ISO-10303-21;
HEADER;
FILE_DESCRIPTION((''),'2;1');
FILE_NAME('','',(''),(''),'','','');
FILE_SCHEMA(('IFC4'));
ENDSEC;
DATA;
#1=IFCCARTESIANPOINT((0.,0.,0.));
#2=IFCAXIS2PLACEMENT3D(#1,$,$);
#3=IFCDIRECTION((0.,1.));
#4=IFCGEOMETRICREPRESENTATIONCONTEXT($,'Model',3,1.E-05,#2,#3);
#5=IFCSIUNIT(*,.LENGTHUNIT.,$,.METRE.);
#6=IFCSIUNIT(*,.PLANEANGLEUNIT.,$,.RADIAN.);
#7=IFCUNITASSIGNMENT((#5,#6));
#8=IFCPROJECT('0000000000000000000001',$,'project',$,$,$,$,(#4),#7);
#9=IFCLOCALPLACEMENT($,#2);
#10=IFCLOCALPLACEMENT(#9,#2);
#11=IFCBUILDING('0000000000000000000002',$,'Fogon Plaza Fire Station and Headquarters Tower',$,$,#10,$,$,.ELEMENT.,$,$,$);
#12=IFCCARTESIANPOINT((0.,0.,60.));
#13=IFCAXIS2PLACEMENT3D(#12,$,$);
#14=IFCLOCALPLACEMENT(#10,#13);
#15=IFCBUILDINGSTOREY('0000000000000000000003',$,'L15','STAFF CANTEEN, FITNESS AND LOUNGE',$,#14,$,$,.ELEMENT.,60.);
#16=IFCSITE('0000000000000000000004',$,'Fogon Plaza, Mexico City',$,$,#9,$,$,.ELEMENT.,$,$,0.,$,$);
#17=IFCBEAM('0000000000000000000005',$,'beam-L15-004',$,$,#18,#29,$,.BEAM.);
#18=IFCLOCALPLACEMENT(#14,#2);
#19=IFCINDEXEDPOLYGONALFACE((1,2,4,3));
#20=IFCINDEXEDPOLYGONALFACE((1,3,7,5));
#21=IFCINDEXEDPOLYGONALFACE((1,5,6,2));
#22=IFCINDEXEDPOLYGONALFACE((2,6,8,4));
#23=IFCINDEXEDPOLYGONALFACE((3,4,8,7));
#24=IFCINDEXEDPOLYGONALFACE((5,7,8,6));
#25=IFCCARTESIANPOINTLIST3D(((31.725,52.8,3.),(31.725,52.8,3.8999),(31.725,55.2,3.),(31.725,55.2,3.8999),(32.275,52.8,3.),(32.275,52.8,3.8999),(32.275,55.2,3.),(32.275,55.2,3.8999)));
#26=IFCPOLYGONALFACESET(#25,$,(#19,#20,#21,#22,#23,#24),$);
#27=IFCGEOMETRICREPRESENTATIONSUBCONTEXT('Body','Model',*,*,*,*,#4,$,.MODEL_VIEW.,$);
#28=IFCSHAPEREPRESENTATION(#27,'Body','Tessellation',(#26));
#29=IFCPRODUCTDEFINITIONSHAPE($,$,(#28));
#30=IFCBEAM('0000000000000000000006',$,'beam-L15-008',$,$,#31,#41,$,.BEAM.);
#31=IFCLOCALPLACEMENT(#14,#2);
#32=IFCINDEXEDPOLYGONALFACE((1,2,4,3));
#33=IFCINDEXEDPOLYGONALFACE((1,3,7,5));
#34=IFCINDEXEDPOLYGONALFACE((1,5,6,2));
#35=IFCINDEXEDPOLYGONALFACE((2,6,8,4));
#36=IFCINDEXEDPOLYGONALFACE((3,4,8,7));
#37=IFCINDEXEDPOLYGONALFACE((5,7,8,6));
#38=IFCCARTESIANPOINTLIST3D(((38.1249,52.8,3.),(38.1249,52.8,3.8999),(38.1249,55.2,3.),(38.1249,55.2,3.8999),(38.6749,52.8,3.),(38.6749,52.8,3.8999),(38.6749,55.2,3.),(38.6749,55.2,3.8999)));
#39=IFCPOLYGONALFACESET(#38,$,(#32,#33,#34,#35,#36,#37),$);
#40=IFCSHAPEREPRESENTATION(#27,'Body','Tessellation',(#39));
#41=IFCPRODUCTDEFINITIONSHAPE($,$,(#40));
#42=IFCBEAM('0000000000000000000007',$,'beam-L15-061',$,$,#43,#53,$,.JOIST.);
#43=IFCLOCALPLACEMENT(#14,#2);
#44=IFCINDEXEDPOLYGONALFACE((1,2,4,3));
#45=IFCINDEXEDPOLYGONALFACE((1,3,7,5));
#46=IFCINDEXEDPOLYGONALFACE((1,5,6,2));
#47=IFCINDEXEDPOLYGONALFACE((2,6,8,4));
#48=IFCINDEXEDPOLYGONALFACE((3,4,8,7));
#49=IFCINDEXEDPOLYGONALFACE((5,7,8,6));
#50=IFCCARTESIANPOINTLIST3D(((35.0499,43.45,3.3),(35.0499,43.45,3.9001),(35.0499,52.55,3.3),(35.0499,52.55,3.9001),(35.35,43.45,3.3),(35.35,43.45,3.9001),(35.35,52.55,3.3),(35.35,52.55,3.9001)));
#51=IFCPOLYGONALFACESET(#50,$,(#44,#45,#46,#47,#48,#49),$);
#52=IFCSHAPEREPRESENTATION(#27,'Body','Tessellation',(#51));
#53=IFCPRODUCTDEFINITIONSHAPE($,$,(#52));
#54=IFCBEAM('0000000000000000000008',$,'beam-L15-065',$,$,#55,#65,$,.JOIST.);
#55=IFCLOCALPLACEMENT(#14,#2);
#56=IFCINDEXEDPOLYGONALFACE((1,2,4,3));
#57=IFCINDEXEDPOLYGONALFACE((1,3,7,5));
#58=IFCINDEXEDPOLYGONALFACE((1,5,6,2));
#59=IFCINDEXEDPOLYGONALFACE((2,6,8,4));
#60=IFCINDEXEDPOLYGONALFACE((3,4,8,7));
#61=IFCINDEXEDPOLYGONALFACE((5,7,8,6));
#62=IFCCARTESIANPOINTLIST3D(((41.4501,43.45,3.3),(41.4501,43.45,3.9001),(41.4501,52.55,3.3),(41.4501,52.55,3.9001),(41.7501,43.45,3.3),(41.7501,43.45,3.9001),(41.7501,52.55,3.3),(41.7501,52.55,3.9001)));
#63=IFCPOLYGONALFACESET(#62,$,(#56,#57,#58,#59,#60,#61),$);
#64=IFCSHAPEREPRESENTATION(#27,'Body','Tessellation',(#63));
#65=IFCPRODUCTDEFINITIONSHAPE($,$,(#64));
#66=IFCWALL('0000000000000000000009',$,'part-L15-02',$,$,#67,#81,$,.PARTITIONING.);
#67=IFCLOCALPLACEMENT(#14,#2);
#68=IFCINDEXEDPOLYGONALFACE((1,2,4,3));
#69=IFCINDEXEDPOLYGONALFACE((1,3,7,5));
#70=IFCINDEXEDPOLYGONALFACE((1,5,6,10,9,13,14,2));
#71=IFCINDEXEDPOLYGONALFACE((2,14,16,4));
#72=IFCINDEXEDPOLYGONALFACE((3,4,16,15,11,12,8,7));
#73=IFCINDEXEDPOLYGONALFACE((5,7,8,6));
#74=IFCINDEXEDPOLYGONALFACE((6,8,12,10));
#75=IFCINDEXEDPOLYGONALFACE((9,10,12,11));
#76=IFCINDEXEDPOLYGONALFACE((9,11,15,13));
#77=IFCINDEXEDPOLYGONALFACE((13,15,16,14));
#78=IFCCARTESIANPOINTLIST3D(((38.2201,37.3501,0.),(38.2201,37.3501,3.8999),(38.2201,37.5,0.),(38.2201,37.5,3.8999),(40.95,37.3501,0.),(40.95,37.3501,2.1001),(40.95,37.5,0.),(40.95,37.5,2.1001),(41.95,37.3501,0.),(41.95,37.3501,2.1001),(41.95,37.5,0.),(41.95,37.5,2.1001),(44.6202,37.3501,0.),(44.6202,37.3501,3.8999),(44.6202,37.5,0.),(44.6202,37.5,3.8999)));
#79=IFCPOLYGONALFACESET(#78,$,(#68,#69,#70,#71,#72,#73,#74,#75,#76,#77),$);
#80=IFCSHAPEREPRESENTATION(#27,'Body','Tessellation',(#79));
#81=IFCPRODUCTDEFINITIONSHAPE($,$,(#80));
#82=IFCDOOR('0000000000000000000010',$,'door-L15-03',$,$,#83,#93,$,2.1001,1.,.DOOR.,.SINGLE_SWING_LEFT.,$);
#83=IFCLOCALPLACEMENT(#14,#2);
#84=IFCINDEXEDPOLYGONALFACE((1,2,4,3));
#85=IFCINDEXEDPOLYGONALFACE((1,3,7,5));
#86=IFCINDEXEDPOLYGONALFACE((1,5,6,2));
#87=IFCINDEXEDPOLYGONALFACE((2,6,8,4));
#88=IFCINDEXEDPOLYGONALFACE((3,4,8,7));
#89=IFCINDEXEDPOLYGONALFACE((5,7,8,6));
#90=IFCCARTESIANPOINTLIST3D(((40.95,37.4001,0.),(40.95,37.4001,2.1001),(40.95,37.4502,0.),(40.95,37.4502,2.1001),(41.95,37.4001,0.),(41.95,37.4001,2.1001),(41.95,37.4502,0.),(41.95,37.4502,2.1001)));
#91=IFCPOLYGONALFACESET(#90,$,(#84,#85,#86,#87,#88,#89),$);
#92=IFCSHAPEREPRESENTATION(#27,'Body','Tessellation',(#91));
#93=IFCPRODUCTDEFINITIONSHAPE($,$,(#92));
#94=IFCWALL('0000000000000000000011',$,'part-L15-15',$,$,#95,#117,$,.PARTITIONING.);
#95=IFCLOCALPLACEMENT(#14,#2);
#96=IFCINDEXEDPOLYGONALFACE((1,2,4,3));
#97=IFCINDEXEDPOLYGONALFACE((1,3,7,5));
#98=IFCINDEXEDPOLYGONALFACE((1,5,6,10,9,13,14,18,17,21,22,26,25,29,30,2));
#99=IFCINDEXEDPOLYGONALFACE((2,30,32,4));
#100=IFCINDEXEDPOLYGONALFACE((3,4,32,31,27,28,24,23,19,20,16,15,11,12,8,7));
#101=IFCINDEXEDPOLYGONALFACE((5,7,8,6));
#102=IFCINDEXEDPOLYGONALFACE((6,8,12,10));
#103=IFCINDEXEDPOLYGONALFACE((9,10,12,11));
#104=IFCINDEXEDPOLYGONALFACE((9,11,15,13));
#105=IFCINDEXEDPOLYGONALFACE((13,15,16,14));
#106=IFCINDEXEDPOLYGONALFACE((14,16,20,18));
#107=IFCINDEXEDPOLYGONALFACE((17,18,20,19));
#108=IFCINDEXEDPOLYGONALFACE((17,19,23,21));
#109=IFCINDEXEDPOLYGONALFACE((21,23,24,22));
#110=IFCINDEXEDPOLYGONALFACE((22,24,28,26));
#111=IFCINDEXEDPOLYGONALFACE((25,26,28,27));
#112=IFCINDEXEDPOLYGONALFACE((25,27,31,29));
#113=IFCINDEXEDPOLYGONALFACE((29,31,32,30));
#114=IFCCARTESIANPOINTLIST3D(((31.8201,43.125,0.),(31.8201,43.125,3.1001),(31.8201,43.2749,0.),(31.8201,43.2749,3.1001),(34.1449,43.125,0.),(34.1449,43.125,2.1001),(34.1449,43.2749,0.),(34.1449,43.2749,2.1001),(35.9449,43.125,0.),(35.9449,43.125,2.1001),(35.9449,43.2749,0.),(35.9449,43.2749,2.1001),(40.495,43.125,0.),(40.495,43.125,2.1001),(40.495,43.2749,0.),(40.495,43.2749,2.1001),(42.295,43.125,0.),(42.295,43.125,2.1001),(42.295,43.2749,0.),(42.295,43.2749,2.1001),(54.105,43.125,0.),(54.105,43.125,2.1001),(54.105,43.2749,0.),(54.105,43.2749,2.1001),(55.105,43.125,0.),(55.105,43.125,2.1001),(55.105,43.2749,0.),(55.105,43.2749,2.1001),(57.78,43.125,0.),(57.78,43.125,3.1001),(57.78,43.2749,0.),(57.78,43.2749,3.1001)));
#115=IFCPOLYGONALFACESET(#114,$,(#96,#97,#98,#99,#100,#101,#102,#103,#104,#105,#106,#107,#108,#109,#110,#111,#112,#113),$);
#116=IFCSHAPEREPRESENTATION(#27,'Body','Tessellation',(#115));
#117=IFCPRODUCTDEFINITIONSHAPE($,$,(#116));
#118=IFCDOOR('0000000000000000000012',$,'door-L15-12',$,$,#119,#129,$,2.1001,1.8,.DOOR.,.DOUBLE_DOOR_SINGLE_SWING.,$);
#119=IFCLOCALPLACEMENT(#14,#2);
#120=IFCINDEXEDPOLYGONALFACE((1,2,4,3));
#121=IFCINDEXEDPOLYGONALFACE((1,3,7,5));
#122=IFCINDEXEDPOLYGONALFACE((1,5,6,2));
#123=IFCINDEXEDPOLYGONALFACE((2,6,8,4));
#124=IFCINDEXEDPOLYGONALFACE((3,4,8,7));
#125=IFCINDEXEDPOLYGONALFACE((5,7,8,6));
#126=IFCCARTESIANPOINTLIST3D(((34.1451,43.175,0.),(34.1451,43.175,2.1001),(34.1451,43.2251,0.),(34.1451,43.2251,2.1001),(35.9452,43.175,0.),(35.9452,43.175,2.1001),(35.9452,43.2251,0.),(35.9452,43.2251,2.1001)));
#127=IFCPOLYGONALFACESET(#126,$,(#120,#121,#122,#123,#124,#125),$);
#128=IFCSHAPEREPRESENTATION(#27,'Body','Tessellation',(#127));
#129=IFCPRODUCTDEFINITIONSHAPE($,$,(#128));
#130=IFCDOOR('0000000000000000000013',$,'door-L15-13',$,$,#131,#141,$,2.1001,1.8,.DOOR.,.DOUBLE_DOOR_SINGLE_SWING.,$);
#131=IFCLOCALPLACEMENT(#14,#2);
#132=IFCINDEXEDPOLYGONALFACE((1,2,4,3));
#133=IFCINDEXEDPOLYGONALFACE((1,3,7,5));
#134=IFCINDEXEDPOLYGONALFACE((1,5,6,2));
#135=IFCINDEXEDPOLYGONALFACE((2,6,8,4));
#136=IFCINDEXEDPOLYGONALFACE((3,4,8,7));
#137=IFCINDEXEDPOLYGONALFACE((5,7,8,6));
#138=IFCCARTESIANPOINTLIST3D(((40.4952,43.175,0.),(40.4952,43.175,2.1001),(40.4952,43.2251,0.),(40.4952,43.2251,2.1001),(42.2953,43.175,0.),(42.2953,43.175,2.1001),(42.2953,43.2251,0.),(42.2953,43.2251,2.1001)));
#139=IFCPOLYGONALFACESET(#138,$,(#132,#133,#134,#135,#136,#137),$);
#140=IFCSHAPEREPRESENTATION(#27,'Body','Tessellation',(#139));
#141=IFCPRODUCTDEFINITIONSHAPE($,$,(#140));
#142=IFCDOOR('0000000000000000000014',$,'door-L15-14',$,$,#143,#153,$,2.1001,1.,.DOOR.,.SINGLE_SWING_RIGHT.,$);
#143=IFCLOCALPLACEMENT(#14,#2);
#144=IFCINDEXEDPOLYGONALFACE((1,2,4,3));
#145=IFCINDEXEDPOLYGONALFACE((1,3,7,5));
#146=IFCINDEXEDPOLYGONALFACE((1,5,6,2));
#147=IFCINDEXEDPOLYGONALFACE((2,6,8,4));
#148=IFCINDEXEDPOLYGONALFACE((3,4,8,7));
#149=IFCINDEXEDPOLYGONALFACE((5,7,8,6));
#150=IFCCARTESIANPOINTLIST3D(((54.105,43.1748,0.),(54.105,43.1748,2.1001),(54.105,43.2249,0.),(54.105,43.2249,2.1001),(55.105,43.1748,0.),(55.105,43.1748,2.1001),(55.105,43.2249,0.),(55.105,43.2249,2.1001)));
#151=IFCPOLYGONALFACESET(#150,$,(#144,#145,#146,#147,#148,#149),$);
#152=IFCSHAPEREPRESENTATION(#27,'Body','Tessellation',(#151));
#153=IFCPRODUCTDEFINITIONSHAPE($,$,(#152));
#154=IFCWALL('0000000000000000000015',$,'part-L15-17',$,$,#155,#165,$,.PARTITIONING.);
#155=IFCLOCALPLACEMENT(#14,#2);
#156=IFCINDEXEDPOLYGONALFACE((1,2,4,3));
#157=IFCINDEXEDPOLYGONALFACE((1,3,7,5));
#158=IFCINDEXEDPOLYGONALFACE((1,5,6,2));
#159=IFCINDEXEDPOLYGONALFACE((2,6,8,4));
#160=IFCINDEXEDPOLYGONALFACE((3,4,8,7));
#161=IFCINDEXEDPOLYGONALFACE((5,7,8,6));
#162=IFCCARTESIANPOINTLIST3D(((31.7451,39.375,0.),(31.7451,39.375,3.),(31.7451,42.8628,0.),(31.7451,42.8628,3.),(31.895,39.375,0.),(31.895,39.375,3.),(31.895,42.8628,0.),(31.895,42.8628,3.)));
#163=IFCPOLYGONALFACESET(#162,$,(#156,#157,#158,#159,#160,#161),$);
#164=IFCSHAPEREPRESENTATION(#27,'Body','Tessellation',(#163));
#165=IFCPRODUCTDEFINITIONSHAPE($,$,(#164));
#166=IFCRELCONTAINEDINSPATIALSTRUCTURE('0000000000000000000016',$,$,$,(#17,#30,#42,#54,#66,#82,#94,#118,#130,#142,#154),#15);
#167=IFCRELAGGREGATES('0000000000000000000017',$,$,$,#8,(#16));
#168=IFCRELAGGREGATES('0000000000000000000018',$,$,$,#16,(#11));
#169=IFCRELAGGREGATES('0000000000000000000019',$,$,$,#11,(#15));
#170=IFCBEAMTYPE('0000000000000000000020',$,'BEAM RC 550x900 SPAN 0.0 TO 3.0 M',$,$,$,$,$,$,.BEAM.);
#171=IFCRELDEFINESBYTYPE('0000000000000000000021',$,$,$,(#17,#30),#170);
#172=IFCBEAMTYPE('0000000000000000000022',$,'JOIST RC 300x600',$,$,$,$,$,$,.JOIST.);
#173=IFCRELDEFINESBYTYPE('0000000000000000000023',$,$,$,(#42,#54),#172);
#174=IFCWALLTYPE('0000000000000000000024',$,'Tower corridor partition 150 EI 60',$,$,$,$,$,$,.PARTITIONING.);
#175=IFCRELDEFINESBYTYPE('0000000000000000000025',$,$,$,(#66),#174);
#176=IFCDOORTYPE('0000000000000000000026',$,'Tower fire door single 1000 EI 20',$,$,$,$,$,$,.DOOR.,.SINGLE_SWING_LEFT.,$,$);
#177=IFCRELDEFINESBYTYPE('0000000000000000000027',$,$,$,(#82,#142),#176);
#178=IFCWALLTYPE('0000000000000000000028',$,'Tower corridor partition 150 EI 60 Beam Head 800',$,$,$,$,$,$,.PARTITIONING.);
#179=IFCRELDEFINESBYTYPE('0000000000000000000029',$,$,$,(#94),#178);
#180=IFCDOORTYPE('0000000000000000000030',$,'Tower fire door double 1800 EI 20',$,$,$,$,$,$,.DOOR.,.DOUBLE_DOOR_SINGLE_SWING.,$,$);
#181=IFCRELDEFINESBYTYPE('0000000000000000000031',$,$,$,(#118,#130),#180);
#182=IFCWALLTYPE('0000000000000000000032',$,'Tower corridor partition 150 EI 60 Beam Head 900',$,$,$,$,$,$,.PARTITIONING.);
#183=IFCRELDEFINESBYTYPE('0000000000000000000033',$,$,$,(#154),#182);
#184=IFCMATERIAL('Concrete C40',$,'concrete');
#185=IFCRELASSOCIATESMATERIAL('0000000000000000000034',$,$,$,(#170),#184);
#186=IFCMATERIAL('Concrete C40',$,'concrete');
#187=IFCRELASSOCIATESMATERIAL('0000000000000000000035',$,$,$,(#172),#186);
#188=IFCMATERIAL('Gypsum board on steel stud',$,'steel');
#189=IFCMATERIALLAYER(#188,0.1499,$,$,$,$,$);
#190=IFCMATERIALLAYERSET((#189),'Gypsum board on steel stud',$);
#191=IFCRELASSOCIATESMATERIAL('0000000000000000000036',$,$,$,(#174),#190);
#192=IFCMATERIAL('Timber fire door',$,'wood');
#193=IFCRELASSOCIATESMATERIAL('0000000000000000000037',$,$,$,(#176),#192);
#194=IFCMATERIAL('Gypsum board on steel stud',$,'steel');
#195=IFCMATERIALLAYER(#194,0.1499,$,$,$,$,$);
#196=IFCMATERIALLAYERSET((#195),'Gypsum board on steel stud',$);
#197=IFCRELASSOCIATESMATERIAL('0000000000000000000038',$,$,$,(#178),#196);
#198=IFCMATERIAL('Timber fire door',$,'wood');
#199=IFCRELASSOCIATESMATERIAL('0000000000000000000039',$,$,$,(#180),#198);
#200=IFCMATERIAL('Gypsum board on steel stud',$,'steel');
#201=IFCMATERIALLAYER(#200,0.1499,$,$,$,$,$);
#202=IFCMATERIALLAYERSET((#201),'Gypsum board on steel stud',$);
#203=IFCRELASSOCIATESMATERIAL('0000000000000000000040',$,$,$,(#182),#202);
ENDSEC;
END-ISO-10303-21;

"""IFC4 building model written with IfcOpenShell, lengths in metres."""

from ifc_helpers import new_model, si_unit, direction, frame, frame_2d, origin, origin_2d, place, context, subcontext, project, spatial, rectangle, extrude, material, layer, layer_set, material_profile, profile_set, type_object, element, fill, save


model = new_model("IFC4")

# Units and contexts
model_context = context("Model", 3, precision=1e-05, world=origin(), true_north=direction((0.0, 1.0)))
body_context = subcontext(model_context, "Body", "Model", "MODEL_VIEW")
ifc_project = project(units=[si_unit("LENGTHUNIT", "METRE"), si_unit("PLANEANGLEUNIT", "RADIAN")], contexts=[model_context])

# Site, building, storey
site_placement = place(None, origin())
site = spatial("IfcSite", under=ifc_project, at=site_placement, Name="Fogon Plaza, Mexico City", CompositionType="ELEMENT", RefElevation=0.0)
building_placement = place(site_placement, origin())
building = spatial("IfcBuilding", under=site, at=building_placement, Name="Fogon Plaza Fire Station and Headquarters Tower", CompositionType="ELEMENT")
storey_placement = place(building_placement, frame((0.0, 0.0, 60.0)))
storey = spatial("IfcBuildingStorey", under=building, at=storey_placement, Name="L15", Description="STAFF CANTEEN, FITNESS AND LOUNGE", CompositionType="ELEMENT", Elevation=60.0)

# Beams
ifc_material_1 = material(Name="Concrete C40", Category="concrete")
ifc_material_profile_1 = material_profile(ifc_material_1, rectangle(XDim=0.55, YDim=0.8999, at=origin_2d()), Name="RC 550x900")
ifc_profile_set_1 = profile_set([ifc_material_profile_1], Name="Concrete C40")
beam_type_1 = type_object("IfcBeamType", Name="BEAM RC 550x900 SPAN 0.0 TO 3.0 M", PredefinedType="BEAM", material=ifc_profile_set_1)
for number, where, z_axis, x_axis, name in (
    (1, (32.0, 52.8, 3.45), (0.0, 1.0, 0.0), (-1.0, 0.0, 0.0), "beam-L15-004"),
    (2, (38.3999, 52.8, 3.45), (0.0, 1.0, 0.0), (-1.0, 0.0, 0.0), "beam-L15-008"),
):
    element("IfcBeam", number, at=place(storey_placement, frame(where, z_axis=z_axis, x_axis=x_axis)), inside=storey, type_object=beam_type_1, Name=name, PredefinedType="BEAM", context=body_context, shape_type="SweptSolid", body=[
        extrude(rectangle(XDim=0.55, YDim=0.8999, at=origin_2d()), origin(), (0.0, 0.0, 1.0), 2.3999),
    ])
ifc_material_2 = material(Name="Concrete C40", Category="concrete")
ifc_material_profile_2 = material_profile(ifc_material_2, rectangle(XDim=0.3, YDim=0.6001, at=origin_2d()), Name="RC 300x600")
ifc_profile_set_2 = profile_set([ifc_material_profile_2], Name="Concrete C40")
beam_type_2 = type_object("IfcBeamType", Name="JOIST RC 300x600", PredefinedType="JOIST", material=ifc_profile_set_2)
for number, where, z_axis, x_axis, name in (
    (3, (35.2, 43.45, 3.6001), (0.0, 1.0, 0.0), (-1.0, 0.0, 0.0), "beam-L15-061"),
    (4, (41.6001, 43.45, 3.6001), (0.0, 1.0, 0.0), (-1.0, 0.0, 0.0), "beam-L15-065"),
):
    element("IfcBeam", number, at=place(storey_placement, frame(where, z_axis=z_axis, x_axis=x_axis)), inside=storey, type_object=beam_type_2, Name=name, PredefinedType="JOIST", context=body_context, shape_type="SweptSolid", body=[
        extrude(rectangle(XDim=0.3, YDim=0.6001, at=origin_2d()), origin(), (0.0, 0.0, 1.0), 9.1001),
    ])

# Wall, opening, door
ifc_material_3 = material(Name="Gypsum board on steel stud", Category="steel")
ifc_layer_1 = layer(ifc_material_3, 0.1499)
ifc_layer_set_1 = layer_set([ifc_layer_1], Name="Gypsum board on steel stud")
wall_type_1 = type_object("IfcWallType", Name="Tower corridor partition 150 EI 60", PredefinedType="PARTITIONING", material=ifc_layer_set_1)
wall_1_placement = place(storey_placement, frame((38.22, 37.425, 0.0), z_axis=(0.0, 0.0, 1.0), x_axis=(1.0, 0.0, 0.0)))
wall_1 = element("IfcWall", 5, at=wall_1_placement, inside=storey, type_object=wall_type_1, Name="part-L15-02", PredefinedType="PARTITIONING", context=body_context, shape_type="SweptSolid", body=[
    extrude(rectangle(XDim=6.4001, YDim=0.1499, at=frame_2d((3.2002, 0.0))), origin(), (0.0, 0.0, 1.0), 3.8999),
])
opening_1_placement = place(wall_1_placement, frame((2.73, 0.0, 0.0)))
opening_1 = element("IfcOpeningElement", 6, at=opening_1_placement, cuts=wall_1, PredefinedType="OPENING", context=body_context, shape_type="SweptSolid", body=[
    extrude(rectangle(XDim=1.0, YDim=2.1001, at=frame_2d((0.5, 1.05))), frame((0.0, 0.085, 0.0), z_axis=(0.0, -1.0, 0.0), x_axis=(1.0, 0.0, 0.0)), (0.0, 0.0, 1.0), 0.1699),
])
ifc_material_4 = material(Name="Timber fire door", Category="wood")
door_type_1 = type_object("IfcDoorType", Name="Tower fire door single 1000 EI 20", OperationType="SINGLE_SWING_LEFT", PredefinedType="DOOR", material=ifc_material_4)
door_1_placement = place(opening_1_placement, frame((1.0, 0.0, 0.0), z_axis=(0.0, 0.0, 1.0), x_axis=(-1.0, 0.0, 0.0)))
door_1 = element("IfcDoor", 7, at=door_1_placement, inside=storey, type_object=door_type_1, Name="door-L15-03", OperationType="SINGLE_SWING_LEFT", OverallHeight=2.1001, OverallWidth=1.0, PredefinedType="DOOR", context=body_context, shape_type="SweptSolid", body=[
    extrude(rectangle(XDim=1.0, YDim=2.1001, at=frame_2d((0.5, 1.05))), frame((0.0, 0.0249, 0.0), z_axis=(0.0, -1.0, 0.0), x_axis=(1.0, 0.0, 0.0)), (0.0, 0.0, 1.0), 0.05),
])
fill(opening_1, door_1)

# Wall, openings, doors
ifc_material_5 = material(Name="Gypsum board on steel stud", Category="steel")
ifc_layer_2 = layer(ifc_material_5, 0.1499)
ifc_layer_set_2 = layer_set([ifc_layer_2], Name="Gypsum board on steel stud")
wall_type_2 = type_object("IfcWallType", Name="Tower corridor partition 150 EI 60 Beam Head 800", PredefinedType="PARTITIONING", material=ifc_layer_set_2)
wall_2_placement = place(storey_placement, frame((31.8201, 43.2, 0.0), z_axis=(0.0, 0.0, 1.0), x_axis=(1.0, 0.0, 0.0)))
wall_2 = element("IfcWall", 8, at=wall_2_placement, inside=storey, type_object=wall_type_2, Name="part-L15-15", PredefinedType="PARTITIONING", context=body_context, shape_type="SweptSolid", body=[
    extrude(rectangle(XDim=25.96, YDim=0.1499, at=frame_2d((12.98, 0.0))), origin(), (0.0, 0.0, 1.0), 3.1001),
])
opening_2_placement = place(wall_2_placement, frame((2.325, 0.0, 0.0)))
opening_2 = element("IfcOpeningElement", 9, at=opening_2_placement, cuts=wall_2, PredefinedType="OPENING", context=body_context, shape_type="SweptSolid", body=[
    extrude(rectangle(XDim=1.8, YDim=2.1001, at=frame_2d((0.8999, 1.05))), frame((0.0, 0.085, 0.0), z_axis=(0.0, -1.0, 0.0), x_axis=(1.0, 0.0, 0.0)), (0.0, 0.0, 1.0), 0.1699),
])
opening_3_placement = place(wall_2_placement, frame((8.675, 0.0, 0.0)))
opening_3 = element("IfcOpeningElement", 10, at=opening_3_placement, cuts=wall_2, PredefinedType="OPENING", context=body_context, shape_type="SweptSolid", body=[
    extrude(rectangle(XDim=1.8, YDim=2.1001, at=frame_2d((0.8999, 1.05))), frame((0.0, 0.085, 0.0), z_axis=(0.0, -1.0, 0.0), x_axis=(1.0, 0.0, 0.0)), (0.0, 0.0, 1.0), 0.1699),
])
opening_4_placement = place(wall_2_placement, frame((22.2849, 0.0, 0.0)))
opening_4 = element("IfcOpeningElement", 11, at=opening_4_placement, cuts=wall_2, PredefinedType="OPENING", context=body_context, shape_type="SweptSolid", body=[
    extrude(rectangle(XDim=1.0, YDim=2.1001, at=frame_2d((0.5, 1.05))), frame((0.0, 0.085, 0.0), z_axis=(0.0, -1.0, 0.0), x_axis=(1.0, 0.0, 0.0)), (0.0, 0.0, 1.0), 0.1699),
])
ifc_material_6 = material(Name="Timber fire door", Category="wood")
door_type_2 = type_object("IfcDoorType", Name="Tower fire door double 1800 EI 20", OperationType="DOUBLE_DOOR_SINGLE_SWING", PredefinedType="DOOR", material=ifc_material_6)
door_2_placement = place(opening_2_placement, frame((1.8, 0.0, 0.0), z_axis=(0.0, 0.0, 1.0), x_axis=(-1.0, 0.0, 0.0)))
door_2 = element("IfcDoor", 12, at=door_2_placement, inside=storey, type_object=door_type_2, Name="door-L15-12", OperationType="DOUBLE_DOOR_SINGLE_SWING", OverallHeight=2.1001, OverallWidth=1.8, PredefinedType="DOOR", context=body_context, shape_type="SweptSolid", body=[
    extrude(rectangle(XDim=1.8, YDim=2.1001, at=frame_2d((0.8999, 1.05))), frame((0.0, 0.0249, 0.0), z_axis=(0.0, -1.0, 0.0), x_axis=(1.0, 0.0, 0.0)), (0.0, 0.0, 1.0), 0.05),
])
fill(opening_2, door_2)
door_3_placement = place(opening_3_placement, frame((1.8, 0.0, 0.0), z_axis=(0.0, 0.0, 1.0), x_axis=(-1.0, 0.0, 0.0)))
door_3 = element("IfcDoor", 13, at=door_3_placement, inside=storey, type_object=door_type_2, Name="door-L15-13", OperationType="DOUBLE_DOOR_SINGLE_SWING", OverallHeight=2.1001, OverallWidth=1.8, PredefinedType="DOOR", context=body_context, shape_type="SweptSolid", body=[
    extrude(rectangle(XDim=1.8, YDim=2.1001, at=frame_2d((0.8999, 1.05))), frame((0.0, 0.0249, 0.0), z_axis=(0.0, -1.0, 0.0), x_axis=(1.0, 0.0, 0.0)), (0.0, 0.0, 1.0), 0.05),
])
fill(opening_3, door_3)
door_4_placement = place(opening_4_placement, origin())
door_4 = element("IfcDoor", 14, at=door_4_placement, inside=storey, type_object=door_type_1, Name="door-L15-14", OperationType="SINGLE_SWING_RIGHT", OverallHeight=2.1001, OverallWidth=1.0, PredefinedType="DOOR", context=body_context, shape_type="SweptSolid", body=[
    extrude(rectangle(XDim=1.0, YDim=2.1001, at=frame_2d((0.5, 1.05))), frame((0.0, 0.0249, 0.0), z_axis=(0.0, -1.0, 0.0), x_axis=(1.0, 0.0, 0.0)), (0.0, 0.0, 1.0), 0.05),
])
fill(opening_4, door_4)

# Wall
ifc_material_7 = material(Name="Gypsum board on steel stud", Category="steel")
ifc_layer_3 = layer(ifc_material_7, 0.1499)
ifc_layer_set_3 = layer_set([ifc_layer_3], Name="Gypsum board on steel stud")
wall_type_3 = type_object("IfcWallType", Name="Tower corridor partition 150 EI 60 Beam Head 900", PredefinedType="PARTITIONING", material=ifc_layer_set_3)
wall_3_placement = place(storey_placement, frame((31.8201, 39.375, 0.0), z_axis=(0.0, 0.0, 1.0), x_axis=(0.0, 1.0, 0.0)))
element("IfcWall", 15, at=wall_3_placement, inside=storey, type_object=wall_type_3, Name="part-L15-17", PredefinedType="PARTITIONING", context=body_context, shape_type="SweptSolid", body=[
    extrude(rectangle(XDim=3.4878, YDim=0.1499, at=frame_2d((1.7439, 0.0))), origin(), (0.0, 0.0, 1.0), 3.0),
])

save(model, "model.ifc")
